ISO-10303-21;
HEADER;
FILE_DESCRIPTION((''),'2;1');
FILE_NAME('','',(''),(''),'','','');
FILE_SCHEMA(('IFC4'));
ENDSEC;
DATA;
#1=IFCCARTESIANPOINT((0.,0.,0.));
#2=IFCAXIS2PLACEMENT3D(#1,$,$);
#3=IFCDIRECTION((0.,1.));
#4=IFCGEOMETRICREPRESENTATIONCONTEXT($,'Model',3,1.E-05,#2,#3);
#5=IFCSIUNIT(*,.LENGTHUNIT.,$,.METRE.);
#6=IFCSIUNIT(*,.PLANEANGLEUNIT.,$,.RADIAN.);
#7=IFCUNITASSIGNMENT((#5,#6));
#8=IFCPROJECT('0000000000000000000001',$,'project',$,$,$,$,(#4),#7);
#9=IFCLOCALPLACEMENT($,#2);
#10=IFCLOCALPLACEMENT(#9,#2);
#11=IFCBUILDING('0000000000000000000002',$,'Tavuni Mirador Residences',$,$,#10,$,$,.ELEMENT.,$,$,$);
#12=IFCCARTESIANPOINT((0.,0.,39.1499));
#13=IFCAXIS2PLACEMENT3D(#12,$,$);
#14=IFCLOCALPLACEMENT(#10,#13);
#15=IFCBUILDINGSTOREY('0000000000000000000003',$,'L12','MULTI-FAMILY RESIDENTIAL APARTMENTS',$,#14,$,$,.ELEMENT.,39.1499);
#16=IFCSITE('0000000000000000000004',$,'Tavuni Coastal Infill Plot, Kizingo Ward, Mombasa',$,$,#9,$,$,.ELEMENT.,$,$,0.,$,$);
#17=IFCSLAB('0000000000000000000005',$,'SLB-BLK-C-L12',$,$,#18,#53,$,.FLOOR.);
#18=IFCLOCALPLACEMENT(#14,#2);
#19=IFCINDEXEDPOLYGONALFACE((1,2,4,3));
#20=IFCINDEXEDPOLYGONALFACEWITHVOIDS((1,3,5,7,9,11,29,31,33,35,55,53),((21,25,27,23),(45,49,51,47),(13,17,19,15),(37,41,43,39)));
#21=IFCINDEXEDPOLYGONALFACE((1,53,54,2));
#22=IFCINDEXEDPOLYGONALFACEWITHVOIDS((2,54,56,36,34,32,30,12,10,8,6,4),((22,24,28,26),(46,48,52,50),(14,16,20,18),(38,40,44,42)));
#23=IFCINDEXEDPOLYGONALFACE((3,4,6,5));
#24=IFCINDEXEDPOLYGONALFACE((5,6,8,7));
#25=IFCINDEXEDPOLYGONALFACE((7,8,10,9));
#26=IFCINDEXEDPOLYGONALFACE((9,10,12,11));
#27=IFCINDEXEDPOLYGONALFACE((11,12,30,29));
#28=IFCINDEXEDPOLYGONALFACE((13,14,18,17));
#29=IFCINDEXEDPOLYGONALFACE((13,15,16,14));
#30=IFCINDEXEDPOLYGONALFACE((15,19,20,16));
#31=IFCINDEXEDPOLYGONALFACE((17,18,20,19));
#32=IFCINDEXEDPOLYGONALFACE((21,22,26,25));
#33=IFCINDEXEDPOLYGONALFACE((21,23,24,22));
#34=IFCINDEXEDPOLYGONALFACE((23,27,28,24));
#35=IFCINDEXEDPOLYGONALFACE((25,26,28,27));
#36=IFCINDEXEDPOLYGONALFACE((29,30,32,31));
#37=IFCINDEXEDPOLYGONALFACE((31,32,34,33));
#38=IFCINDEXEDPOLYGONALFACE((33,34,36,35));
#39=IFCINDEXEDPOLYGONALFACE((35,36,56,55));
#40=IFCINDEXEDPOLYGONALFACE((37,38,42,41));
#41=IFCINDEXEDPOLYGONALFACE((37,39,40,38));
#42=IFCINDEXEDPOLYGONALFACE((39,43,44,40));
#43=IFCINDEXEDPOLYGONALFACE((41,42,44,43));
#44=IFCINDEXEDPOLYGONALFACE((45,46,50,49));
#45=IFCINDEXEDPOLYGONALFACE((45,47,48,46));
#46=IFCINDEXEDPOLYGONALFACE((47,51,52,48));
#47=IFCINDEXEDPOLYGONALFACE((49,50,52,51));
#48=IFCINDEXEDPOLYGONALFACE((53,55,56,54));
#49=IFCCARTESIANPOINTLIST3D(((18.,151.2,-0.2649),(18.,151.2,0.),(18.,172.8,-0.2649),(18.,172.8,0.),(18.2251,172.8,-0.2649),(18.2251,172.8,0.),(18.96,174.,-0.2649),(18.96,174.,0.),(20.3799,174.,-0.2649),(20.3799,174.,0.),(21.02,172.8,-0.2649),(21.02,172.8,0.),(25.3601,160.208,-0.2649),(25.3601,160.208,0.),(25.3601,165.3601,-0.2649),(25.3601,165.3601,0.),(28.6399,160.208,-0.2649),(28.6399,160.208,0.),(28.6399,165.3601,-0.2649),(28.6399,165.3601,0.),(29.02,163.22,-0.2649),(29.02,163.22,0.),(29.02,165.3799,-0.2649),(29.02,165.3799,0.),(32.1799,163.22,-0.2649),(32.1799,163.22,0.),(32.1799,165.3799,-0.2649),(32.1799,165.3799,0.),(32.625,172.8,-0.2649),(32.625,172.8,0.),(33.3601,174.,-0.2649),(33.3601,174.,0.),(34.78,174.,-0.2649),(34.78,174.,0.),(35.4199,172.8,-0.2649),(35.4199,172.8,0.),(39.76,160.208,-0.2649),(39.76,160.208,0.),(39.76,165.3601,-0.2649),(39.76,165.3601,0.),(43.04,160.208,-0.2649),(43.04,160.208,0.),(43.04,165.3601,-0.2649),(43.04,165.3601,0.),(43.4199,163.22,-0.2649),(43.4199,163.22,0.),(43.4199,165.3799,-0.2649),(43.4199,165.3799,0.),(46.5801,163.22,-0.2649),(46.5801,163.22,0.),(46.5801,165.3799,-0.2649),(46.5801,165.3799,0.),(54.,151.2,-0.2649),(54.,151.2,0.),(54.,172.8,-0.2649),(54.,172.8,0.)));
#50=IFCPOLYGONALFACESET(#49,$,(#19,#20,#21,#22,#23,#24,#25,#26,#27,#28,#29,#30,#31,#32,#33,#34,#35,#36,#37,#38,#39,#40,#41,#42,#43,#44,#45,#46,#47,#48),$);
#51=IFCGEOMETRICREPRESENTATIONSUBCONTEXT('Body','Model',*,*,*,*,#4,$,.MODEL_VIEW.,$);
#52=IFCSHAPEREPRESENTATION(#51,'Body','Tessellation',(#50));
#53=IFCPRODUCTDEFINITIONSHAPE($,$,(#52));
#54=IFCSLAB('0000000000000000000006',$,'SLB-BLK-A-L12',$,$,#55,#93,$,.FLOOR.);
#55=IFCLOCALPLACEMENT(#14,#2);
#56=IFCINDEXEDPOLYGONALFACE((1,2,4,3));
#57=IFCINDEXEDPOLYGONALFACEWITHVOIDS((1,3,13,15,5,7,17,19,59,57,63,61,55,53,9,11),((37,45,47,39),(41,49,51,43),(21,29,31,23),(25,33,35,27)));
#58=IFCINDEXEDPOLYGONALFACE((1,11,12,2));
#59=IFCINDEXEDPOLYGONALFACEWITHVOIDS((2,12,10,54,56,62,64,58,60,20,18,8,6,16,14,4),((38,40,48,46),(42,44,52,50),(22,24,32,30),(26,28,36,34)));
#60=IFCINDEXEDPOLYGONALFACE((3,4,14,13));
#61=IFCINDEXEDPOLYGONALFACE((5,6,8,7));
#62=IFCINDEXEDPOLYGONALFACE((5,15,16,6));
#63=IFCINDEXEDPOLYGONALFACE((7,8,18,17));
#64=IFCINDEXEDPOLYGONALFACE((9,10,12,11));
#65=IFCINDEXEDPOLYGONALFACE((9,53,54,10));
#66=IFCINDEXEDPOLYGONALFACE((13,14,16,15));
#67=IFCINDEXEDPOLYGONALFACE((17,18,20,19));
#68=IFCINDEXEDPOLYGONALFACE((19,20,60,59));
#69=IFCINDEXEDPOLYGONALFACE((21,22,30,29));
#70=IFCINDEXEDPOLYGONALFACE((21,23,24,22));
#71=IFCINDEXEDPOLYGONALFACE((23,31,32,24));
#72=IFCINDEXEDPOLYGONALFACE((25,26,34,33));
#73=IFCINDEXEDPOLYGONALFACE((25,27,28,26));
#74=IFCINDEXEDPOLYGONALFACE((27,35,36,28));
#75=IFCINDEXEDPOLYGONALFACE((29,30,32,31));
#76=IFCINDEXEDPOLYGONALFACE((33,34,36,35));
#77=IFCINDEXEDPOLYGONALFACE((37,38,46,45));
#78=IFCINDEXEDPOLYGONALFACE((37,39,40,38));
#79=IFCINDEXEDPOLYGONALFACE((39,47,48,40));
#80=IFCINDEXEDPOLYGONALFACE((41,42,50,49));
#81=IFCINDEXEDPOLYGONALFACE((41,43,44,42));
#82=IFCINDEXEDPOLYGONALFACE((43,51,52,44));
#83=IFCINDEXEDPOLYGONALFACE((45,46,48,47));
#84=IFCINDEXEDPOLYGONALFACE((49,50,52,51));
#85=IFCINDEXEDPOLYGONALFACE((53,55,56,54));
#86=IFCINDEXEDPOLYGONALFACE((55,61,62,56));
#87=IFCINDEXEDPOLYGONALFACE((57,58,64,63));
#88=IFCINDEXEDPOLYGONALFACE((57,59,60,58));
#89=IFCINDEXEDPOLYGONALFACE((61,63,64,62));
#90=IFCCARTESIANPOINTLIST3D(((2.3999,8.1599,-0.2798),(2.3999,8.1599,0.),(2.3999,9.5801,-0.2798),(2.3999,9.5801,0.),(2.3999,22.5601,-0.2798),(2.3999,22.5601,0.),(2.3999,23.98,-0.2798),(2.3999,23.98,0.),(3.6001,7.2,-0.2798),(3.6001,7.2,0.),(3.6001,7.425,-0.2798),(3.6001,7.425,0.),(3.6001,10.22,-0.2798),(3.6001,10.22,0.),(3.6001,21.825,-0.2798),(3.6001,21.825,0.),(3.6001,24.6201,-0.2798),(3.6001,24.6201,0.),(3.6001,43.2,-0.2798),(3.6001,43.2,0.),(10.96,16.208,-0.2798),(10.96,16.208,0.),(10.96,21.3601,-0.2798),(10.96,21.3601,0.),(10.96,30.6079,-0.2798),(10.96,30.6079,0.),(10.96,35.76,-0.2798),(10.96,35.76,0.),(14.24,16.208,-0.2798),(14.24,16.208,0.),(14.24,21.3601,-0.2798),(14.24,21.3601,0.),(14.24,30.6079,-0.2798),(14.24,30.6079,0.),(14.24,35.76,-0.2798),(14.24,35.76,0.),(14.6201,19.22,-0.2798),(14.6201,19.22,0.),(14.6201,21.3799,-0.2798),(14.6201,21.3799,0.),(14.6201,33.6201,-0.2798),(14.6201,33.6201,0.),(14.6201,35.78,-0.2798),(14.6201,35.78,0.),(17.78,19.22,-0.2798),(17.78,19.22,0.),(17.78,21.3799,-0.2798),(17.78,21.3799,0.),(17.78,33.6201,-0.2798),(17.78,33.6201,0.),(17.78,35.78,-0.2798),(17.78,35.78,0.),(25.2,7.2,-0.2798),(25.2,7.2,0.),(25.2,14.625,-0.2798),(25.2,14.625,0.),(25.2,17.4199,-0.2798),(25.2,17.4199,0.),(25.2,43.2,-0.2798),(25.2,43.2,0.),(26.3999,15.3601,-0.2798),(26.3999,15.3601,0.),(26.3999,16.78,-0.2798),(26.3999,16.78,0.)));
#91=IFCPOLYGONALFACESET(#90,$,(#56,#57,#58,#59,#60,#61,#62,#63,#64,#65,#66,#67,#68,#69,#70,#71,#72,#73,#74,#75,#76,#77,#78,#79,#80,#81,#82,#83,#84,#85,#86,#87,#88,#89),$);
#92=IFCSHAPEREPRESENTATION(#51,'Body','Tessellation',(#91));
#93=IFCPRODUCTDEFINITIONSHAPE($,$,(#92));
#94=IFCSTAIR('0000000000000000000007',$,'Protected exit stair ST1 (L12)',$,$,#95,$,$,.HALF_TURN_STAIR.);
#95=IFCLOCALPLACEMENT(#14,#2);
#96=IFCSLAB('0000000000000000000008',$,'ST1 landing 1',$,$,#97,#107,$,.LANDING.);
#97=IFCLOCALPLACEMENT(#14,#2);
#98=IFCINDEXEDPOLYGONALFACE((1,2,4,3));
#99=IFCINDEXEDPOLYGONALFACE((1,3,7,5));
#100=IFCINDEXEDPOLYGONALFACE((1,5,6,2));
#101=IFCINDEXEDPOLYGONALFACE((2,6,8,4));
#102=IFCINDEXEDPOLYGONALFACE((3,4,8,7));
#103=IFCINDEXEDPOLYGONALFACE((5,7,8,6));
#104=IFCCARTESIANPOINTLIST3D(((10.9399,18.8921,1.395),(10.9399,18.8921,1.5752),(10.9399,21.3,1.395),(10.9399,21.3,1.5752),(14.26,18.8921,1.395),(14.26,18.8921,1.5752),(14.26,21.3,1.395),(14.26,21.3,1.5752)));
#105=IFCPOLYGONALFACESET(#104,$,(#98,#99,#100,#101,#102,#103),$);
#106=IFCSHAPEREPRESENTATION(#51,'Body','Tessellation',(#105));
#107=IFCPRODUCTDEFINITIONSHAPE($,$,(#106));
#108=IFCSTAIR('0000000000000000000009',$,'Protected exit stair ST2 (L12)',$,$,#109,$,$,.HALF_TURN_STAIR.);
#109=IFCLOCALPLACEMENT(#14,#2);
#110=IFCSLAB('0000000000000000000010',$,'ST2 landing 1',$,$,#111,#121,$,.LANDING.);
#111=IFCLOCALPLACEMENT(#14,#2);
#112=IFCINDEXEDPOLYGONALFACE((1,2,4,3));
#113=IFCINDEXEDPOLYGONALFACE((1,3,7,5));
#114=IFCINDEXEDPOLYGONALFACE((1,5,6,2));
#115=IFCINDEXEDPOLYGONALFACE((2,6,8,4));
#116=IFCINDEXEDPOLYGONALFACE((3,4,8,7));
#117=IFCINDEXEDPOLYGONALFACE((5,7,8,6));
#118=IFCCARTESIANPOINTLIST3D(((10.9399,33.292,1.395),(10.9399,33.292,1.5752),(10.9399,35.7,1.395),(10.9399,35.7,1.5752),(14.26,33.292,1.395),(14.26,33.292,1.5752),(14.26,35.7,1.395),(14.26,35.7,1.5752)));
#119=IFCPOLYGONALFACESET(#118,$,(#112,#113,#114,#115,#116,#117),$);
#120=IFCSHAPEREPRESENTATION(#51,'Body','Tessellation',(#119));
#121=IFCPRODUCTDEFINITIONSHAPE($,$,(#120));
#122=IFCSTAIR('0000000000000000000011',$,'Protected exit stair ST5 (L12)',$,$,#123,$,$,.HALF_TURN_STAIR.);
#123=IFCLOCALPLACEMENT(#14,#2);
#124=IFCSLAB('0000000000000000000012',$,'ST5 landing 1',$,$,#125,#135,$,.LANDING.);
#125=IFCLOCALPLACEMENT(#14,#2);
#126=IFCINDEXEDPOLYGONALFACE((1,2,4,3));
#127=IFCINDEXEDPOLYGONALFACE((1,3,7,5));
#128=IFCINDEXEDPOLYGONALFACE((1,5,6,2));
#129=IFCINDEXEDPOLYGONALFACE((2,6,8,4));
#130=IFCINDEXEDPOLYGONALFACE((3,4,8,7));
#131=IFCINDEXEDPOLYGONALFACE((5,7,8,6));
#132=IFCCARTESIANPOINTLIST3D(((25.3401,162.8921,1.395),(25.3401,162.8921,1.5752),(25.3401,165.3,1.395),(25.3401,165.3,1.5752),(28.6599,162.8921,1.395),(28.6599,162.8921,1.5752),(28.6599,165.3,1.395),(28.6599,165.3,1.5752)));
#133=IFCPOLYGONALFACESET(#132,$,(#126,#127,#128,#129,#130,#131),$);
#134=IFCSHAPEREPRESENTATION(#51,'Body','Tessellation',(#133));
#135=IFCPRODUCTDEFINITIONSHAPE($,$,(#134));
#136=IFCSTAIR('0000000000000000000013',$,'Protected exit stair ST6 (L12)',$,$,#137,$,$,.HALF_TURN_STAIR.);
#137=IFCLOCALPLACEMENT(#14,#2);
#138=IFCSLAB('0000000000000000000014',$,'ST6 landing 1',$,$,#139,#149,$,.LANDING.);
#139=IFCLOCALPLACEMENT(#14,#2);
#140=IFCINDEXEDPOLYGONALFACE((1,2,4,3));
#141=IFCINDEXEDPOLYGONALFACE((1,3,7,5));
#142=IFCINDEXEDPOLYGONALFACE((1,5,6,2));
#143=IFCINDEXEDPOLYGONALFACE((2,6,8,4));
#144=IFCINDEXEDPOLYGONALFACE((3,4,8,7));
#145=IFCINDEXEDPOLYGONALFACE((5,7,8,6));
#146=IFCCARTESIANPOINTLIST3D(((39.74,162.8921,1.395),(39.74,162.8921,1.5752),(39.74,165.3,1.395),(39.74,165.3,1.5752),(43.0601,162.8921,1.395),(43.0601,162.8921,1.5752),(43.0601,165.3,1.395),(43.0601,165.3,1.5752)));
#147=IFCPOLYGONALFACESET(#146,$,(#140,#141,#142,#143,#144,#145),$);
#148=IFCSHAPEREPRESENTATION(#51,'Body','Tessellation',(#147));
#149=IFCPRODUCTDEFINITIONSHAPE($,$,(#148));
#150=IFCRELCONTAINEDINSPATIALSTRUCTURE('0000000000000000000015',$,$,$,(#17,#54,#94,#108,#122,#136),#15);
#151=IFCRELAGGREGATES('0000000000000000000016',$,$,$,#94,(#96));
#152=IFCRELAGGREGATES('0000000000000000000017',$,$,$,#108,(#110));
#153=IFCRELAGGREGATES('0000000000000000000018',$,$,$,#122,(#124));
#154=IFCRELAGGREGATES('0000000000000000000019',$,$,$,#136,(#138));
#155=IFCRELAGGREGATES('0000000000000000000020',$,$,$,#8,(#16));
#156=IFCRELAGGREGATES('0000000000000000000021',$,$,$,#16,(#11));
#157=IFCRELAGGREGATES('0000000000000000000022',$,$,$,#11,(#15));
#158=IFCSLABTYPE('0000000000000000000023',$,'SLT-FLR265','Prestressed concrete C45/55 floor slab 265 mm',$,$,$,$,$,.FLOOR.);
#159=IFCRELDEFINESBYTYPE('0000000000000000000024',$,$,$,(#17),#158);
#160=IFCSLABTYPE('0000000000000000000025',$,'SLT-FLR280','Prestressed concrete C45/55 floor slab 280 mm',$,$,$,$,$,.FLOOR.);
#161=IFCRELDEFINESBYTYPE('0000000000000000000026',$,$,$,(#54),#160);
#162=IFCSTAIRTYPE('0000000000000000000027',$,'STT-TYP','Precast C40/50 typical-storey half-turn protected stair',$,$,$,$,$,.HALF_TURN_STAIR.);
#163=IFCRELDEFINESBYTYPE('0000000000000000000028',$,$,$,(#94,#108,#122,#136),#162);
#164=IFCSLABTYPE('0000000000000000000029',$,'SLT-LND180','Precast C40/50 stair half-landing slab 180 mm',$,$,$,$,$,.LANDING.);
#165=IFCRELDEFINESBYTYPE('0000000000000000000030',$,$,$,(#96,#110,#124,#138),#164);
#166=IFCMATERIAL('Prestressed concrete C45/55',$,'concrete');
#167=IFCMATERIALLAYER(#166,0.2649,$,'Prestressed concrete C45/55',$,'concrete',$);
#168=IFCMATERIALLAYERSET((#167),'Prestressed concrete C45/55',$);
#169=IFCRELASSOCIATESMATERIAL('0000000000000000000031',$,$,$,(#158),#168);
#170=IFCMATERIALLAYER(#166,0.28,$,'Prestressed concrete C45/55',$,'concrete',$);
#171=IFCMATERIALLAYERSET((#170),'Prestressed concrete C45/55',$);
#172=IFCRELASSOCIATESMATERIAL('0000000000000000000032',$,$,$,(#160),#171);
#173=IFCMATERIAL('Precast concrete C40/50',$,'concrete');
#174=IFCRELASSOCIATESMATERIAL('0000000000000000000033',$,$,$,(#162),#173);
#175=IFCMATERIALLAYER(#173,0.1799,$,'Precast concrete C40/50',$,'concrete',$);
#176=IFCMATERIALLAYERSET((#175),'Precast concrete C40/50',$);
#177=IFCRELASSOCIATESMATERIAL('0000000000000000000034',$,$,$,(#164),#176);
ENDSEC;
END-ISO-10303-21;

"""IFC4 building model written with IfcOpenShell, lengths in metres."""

from ifc_helpers import new_model, si_unit, direction, frame, origin, place, context, subcontext, project, spatial, polyline, outline, extrude, material, layer, layer_set, type_object, element, aggregate, save


model = new_model("IFC4")

# Units and contexts
model_context = context("Model", 3, precision=1e-05, world=origin(), true_north=direction((0.0, 1.0)))
body_context = subcontext(model_context, "Body", "Model", "MODEL_VIEW")
ifc_project = project(units=[si_unit("LENGTHUNIT", "METRE"), si_unit("PLANEANGLEUNIT", "RADIAN")], contexts=[model_context])

# Site, building, storey
site_placement = place(None, origin())
site = spatial("IfcSite", under=ifc_project, at=site_placement, Name="Tavuni Coastal Infill Plot, Kizingo Ward, Mombasa", CompositionType="ELEMENT", RefElevation=0.0)
building_placement = place(site_placement, origin())
building = spatial("IfcBuilding", under=site, at=building_placement, Name="Tavuni Mirador Residences", CompositionType="ELEMENT")
storey_placement = place(building_placement, frame((0.0, 0.0, 39.1499)))
storey = spatial("IfcBuildingStorey", under=building, at=storey_placement, Name="L12", Description="MULTI-FAMILY RESIDENTIAL APARTMENTS", CompositionType="ELEMENT", Elevation=39.1499)

# Slabs
ifc_material_1 = material(Name="Prestressed concrete C45/55", Category="concrete")
ifc_layer_1 = layer(ifc_material_1, 0.2649, Name="Prestressed concrete C45/55", Category="concrete")
ifc_layer_set_1 = layer_set([ifc_layer_1], Name="Prestressed concrete C45/55")
slab_type_1 = type_object("IfcSlabType", Name="SLT-FLR265", Description="Prestressed concrete C45/55 floor slab 265 mm", PredefinedType="FLOOR", material=ifc_layer_set_1)
slab_1_placement = place(storey_placement, frame((0.0, 0.0, -0.2649)))
element("IfcSlab", 1, at=slab_1_placement, inside=storey, type_object=slab_type_1, Name="SLB-BLK-C-L12", PredefinedType="FLOOR", context=body_context, shape_type="SweptSolid", body=[
    extrude(outline(polyline([(18.0, 151.2), (54.0, 151.2), (54.0, 172.8), (35.4199, 172.8), (34.78, 174.0), (33.3601, 174.0), (32.625, 172.8), (21.02, 172.8), (20.3799, 174.0), (18.96, 174.0), (18.2251, 172.8), (18.0, 172.8), (18.0, 151.2)]), holes=[polyline([(25.3601, 160.208), (28.6399, 160.208), (28.6399, 165.3601), (25.3601, 165.3601), (25.3601, 160.208)]), polyline([(29.02, 163.22), (32.1799, 163.22), (32.1799, 165.3799), (29.02, 165.3799), (29.02, 163.22)]), polyline([(39.76, 160.208), (43.04, 160.208), (43.04, 165.3601), (39.76, 165.3601), (39.76, 160.208)]), polyline([(43.4199, 163.22), (46.5801, 163.22), (46.5801, 165.3799), (43.4199, 165.3799), (43.4199, 163.22)])]), origin(), (0.0, 0.0, 1.0), 0.2649),
])
ifc_layer_2 = layer(ifc_material_1, 0.28, Name="Prestressed concrete C45/55", Category="concrete")
ifc_layer_set_2 = layer_set([ifc_layer_2], Name="Prestressed concrete C45/55")
slab_type_2 = type_object("IfcSlabType", Name="SLT-FLR280", Description="Prestressed concrete C45/55 floor slab 280 mm", PredefinedType="FLOOR", material=ifc_layer_set_2)
slab_2_placement = place(storey_placement, frame((0.0, 0.0, -0.2798)))
element("IfcSlab", 2, at=slab_2_placement, inside=storey, type_object=slab_type_2, Name="SLB-BLK-A-L12", PredefinedType="FLOOR", context=body_context, shape_type="SweptSolid", body=[
    extrude(outline(polyline([(3.6001, 7.2), (25.2, 7.2), (25.2, 14.625), (26.3999, 15.3601), (26.3999, 16.78), (25.2, 17.4199), (25.2, 43.2), (3.6001, 43.2), (3.6001, 24.6201), (2.3999, 23.98), (2.3999, 22.5601), (3.6001, 21.825), (3.6001, 10.22), (2.3999, 9.5801), (2.3999, 8.1599), (3.6001, 7.425), (3.6001, 7.2)]), holes=[polyline([(10.96, 16.208), (14.24, 16.208), (14.24, 21.3601), (10.96, 21.3601), (10.96, 16.208)]), polyline([(14.6201, 19.22), (17.78, 19.22), (17.78, 21.3799), (14.6201, 21.3799), (14.6201, 19.22)]), polyline([(10.96, 30.6079), (14.24, 30.6079), (14.24, 35.76), (10.96, 35.76), (10.96, 30.6079)]), polyline([(14.6201, 33.6201), (17.78, 33.6201), (17.78, 35.78), (14.6201, 35.78), (14.6201, 33.6201)])]), origin(), (0.0, 0.0, 1.0), 0.2798),
])

# Stairs, slabs
ifc_material_2 = material(Name="Precast concrete C40/50", Category="concrete")
stair_type = type_object("IfcStairType", Name="STT-TYP", Description="Precast C40/50 typical-storey half-turn protected stair", PredefinedType="HALF_TURN_STAIR", material=ifc_material_2)
stair_1_placement = place(storey_placement, origin())
stair_1 = element("IfcStair", 3, at=stair_1_placement, inside=storey, type_object=stair_type, Name="Protected exit stair ST1 (L12)", PredefinedType="HALF_TURN_STAIR")
ifc_layer_3 = layer(ifc_material_2, 0.1799, Name="Precast concrete C40/50", Category="concrete")
ifc_layer_set_3 = layer_set([ifc_layer_3], Name="Precast concrete C40/50")
slab_type_3 = type_object("IfcSlabType", Name="SLT-LND180", Description="Precast C40/50 stair half-landing slab 180 mm", PredefinedType="LANDING", material=ifc_layer_set_3)
slab_3_placement = place(storey_placement, frame((0.0, 0.0, 1.395)))
slab_3 = element("IfcSlab", 4, at=slab_3_placement, type_object=slab_type_3, Name="ST1 landing 1", PredefinedType="LANDING", context=body_context, shape_type="SweptSolid", body=[
    extrude(outline(polyline([(10.9399, 18.8921), (14.26, 18.8921), (14.26, 21.3), (10.9399, 21.3), (10.9399, 18.8921)])), origin(), (0.0, 0.0, 1.0), 0.1802),
])
aggregate(stair_1, [slab_3])
stair_2_placement = place(storey_placement, origin())
stair_2 = element("IfcStair", 5, at=stair_2_placement, inside=storey, type_object=stair_type, Name="Protected exit stair ST2 (L12)", PredefinedType="HALF_TURN_STAIR")
slab_4_placement = place(storey_placement, frame((0.0, 0.0, 1.395)))
slab_4 = element("IfcSlab", 6, at=slab_4_placement, type_object=slab_type_3, Name="ST2 landing 1", PredefinedType="LANDING", context=body_context, shape_type="SweptSolid", body=[
    extrude(outline(polyline([(10.9399, 33.292), (14.26, 33.292), (14.26, 35.7), (10.9399, 35.7), (10.9399, 33.292)])), origin(), (0.0, 0.0, 1.0), 0.1802),
])
aggregate(stair_2, [slab_4])
stair_3_placement = place(storey_placement, origin())
stair_3 = element("IfcStair", 7, at=stair_3_placement, inside=storey, type_object=stair_type, Name="Protected exit stair ST5 (L12)", PredefinedType="HALF_TURN_STAIR")
slab_5_placement = place(storey_placement, frame((0.0, 0.0, 1.395)))
slab_5 = element("IfcSlab", 8, at=slab_5_placement, type_object=slab_type_3, Name="ST5 landing 1", PredefinedType="LANDING", context=body_context, shape_type="SweptSolid", body=[
    extrude(outline(polyline([(25.3401, 162.8921), (28.6599, 162.8921), (28.6599, 165.3), (25.3401, 165.3), (25.3401, 162.8921)])), origin(), (0.0, 0.0, 1.0), 0.1802),
])
aggregate(stair_3, [slab_5])
stair_4_placement = place(storey_placement, origin())
stair_4 = element("IfcStair", 9, at=stair_4_placement, inside=storey, type_object=stair_type, Name="Protected exit stair ST6 (L12)", PredefinedType="HALF_TURN_STAIR")
slab_6_placement = place(storey_placement, frame((0.0, 0.0, 1.395)))
slab_6 = element("IfcSlab", 10, at=slab_6_placement, type_object=slab_type_3, Name="ST6 landing 1", PredefinedType="LANDING", context=body_context, shape_type="SweptSolid", body=[
    extrude(outline(polyline([(39.74, 162.8921), (43.0601, 162.8921), (43.0601, 165.3), (39.74, 165.3), (39.74, 162.8921)])), origin(), (0.0, 0.0, 1.0), 0.1802),
])
aggregate(stair_4, [slab_6])

save(model, "model.ifc")
